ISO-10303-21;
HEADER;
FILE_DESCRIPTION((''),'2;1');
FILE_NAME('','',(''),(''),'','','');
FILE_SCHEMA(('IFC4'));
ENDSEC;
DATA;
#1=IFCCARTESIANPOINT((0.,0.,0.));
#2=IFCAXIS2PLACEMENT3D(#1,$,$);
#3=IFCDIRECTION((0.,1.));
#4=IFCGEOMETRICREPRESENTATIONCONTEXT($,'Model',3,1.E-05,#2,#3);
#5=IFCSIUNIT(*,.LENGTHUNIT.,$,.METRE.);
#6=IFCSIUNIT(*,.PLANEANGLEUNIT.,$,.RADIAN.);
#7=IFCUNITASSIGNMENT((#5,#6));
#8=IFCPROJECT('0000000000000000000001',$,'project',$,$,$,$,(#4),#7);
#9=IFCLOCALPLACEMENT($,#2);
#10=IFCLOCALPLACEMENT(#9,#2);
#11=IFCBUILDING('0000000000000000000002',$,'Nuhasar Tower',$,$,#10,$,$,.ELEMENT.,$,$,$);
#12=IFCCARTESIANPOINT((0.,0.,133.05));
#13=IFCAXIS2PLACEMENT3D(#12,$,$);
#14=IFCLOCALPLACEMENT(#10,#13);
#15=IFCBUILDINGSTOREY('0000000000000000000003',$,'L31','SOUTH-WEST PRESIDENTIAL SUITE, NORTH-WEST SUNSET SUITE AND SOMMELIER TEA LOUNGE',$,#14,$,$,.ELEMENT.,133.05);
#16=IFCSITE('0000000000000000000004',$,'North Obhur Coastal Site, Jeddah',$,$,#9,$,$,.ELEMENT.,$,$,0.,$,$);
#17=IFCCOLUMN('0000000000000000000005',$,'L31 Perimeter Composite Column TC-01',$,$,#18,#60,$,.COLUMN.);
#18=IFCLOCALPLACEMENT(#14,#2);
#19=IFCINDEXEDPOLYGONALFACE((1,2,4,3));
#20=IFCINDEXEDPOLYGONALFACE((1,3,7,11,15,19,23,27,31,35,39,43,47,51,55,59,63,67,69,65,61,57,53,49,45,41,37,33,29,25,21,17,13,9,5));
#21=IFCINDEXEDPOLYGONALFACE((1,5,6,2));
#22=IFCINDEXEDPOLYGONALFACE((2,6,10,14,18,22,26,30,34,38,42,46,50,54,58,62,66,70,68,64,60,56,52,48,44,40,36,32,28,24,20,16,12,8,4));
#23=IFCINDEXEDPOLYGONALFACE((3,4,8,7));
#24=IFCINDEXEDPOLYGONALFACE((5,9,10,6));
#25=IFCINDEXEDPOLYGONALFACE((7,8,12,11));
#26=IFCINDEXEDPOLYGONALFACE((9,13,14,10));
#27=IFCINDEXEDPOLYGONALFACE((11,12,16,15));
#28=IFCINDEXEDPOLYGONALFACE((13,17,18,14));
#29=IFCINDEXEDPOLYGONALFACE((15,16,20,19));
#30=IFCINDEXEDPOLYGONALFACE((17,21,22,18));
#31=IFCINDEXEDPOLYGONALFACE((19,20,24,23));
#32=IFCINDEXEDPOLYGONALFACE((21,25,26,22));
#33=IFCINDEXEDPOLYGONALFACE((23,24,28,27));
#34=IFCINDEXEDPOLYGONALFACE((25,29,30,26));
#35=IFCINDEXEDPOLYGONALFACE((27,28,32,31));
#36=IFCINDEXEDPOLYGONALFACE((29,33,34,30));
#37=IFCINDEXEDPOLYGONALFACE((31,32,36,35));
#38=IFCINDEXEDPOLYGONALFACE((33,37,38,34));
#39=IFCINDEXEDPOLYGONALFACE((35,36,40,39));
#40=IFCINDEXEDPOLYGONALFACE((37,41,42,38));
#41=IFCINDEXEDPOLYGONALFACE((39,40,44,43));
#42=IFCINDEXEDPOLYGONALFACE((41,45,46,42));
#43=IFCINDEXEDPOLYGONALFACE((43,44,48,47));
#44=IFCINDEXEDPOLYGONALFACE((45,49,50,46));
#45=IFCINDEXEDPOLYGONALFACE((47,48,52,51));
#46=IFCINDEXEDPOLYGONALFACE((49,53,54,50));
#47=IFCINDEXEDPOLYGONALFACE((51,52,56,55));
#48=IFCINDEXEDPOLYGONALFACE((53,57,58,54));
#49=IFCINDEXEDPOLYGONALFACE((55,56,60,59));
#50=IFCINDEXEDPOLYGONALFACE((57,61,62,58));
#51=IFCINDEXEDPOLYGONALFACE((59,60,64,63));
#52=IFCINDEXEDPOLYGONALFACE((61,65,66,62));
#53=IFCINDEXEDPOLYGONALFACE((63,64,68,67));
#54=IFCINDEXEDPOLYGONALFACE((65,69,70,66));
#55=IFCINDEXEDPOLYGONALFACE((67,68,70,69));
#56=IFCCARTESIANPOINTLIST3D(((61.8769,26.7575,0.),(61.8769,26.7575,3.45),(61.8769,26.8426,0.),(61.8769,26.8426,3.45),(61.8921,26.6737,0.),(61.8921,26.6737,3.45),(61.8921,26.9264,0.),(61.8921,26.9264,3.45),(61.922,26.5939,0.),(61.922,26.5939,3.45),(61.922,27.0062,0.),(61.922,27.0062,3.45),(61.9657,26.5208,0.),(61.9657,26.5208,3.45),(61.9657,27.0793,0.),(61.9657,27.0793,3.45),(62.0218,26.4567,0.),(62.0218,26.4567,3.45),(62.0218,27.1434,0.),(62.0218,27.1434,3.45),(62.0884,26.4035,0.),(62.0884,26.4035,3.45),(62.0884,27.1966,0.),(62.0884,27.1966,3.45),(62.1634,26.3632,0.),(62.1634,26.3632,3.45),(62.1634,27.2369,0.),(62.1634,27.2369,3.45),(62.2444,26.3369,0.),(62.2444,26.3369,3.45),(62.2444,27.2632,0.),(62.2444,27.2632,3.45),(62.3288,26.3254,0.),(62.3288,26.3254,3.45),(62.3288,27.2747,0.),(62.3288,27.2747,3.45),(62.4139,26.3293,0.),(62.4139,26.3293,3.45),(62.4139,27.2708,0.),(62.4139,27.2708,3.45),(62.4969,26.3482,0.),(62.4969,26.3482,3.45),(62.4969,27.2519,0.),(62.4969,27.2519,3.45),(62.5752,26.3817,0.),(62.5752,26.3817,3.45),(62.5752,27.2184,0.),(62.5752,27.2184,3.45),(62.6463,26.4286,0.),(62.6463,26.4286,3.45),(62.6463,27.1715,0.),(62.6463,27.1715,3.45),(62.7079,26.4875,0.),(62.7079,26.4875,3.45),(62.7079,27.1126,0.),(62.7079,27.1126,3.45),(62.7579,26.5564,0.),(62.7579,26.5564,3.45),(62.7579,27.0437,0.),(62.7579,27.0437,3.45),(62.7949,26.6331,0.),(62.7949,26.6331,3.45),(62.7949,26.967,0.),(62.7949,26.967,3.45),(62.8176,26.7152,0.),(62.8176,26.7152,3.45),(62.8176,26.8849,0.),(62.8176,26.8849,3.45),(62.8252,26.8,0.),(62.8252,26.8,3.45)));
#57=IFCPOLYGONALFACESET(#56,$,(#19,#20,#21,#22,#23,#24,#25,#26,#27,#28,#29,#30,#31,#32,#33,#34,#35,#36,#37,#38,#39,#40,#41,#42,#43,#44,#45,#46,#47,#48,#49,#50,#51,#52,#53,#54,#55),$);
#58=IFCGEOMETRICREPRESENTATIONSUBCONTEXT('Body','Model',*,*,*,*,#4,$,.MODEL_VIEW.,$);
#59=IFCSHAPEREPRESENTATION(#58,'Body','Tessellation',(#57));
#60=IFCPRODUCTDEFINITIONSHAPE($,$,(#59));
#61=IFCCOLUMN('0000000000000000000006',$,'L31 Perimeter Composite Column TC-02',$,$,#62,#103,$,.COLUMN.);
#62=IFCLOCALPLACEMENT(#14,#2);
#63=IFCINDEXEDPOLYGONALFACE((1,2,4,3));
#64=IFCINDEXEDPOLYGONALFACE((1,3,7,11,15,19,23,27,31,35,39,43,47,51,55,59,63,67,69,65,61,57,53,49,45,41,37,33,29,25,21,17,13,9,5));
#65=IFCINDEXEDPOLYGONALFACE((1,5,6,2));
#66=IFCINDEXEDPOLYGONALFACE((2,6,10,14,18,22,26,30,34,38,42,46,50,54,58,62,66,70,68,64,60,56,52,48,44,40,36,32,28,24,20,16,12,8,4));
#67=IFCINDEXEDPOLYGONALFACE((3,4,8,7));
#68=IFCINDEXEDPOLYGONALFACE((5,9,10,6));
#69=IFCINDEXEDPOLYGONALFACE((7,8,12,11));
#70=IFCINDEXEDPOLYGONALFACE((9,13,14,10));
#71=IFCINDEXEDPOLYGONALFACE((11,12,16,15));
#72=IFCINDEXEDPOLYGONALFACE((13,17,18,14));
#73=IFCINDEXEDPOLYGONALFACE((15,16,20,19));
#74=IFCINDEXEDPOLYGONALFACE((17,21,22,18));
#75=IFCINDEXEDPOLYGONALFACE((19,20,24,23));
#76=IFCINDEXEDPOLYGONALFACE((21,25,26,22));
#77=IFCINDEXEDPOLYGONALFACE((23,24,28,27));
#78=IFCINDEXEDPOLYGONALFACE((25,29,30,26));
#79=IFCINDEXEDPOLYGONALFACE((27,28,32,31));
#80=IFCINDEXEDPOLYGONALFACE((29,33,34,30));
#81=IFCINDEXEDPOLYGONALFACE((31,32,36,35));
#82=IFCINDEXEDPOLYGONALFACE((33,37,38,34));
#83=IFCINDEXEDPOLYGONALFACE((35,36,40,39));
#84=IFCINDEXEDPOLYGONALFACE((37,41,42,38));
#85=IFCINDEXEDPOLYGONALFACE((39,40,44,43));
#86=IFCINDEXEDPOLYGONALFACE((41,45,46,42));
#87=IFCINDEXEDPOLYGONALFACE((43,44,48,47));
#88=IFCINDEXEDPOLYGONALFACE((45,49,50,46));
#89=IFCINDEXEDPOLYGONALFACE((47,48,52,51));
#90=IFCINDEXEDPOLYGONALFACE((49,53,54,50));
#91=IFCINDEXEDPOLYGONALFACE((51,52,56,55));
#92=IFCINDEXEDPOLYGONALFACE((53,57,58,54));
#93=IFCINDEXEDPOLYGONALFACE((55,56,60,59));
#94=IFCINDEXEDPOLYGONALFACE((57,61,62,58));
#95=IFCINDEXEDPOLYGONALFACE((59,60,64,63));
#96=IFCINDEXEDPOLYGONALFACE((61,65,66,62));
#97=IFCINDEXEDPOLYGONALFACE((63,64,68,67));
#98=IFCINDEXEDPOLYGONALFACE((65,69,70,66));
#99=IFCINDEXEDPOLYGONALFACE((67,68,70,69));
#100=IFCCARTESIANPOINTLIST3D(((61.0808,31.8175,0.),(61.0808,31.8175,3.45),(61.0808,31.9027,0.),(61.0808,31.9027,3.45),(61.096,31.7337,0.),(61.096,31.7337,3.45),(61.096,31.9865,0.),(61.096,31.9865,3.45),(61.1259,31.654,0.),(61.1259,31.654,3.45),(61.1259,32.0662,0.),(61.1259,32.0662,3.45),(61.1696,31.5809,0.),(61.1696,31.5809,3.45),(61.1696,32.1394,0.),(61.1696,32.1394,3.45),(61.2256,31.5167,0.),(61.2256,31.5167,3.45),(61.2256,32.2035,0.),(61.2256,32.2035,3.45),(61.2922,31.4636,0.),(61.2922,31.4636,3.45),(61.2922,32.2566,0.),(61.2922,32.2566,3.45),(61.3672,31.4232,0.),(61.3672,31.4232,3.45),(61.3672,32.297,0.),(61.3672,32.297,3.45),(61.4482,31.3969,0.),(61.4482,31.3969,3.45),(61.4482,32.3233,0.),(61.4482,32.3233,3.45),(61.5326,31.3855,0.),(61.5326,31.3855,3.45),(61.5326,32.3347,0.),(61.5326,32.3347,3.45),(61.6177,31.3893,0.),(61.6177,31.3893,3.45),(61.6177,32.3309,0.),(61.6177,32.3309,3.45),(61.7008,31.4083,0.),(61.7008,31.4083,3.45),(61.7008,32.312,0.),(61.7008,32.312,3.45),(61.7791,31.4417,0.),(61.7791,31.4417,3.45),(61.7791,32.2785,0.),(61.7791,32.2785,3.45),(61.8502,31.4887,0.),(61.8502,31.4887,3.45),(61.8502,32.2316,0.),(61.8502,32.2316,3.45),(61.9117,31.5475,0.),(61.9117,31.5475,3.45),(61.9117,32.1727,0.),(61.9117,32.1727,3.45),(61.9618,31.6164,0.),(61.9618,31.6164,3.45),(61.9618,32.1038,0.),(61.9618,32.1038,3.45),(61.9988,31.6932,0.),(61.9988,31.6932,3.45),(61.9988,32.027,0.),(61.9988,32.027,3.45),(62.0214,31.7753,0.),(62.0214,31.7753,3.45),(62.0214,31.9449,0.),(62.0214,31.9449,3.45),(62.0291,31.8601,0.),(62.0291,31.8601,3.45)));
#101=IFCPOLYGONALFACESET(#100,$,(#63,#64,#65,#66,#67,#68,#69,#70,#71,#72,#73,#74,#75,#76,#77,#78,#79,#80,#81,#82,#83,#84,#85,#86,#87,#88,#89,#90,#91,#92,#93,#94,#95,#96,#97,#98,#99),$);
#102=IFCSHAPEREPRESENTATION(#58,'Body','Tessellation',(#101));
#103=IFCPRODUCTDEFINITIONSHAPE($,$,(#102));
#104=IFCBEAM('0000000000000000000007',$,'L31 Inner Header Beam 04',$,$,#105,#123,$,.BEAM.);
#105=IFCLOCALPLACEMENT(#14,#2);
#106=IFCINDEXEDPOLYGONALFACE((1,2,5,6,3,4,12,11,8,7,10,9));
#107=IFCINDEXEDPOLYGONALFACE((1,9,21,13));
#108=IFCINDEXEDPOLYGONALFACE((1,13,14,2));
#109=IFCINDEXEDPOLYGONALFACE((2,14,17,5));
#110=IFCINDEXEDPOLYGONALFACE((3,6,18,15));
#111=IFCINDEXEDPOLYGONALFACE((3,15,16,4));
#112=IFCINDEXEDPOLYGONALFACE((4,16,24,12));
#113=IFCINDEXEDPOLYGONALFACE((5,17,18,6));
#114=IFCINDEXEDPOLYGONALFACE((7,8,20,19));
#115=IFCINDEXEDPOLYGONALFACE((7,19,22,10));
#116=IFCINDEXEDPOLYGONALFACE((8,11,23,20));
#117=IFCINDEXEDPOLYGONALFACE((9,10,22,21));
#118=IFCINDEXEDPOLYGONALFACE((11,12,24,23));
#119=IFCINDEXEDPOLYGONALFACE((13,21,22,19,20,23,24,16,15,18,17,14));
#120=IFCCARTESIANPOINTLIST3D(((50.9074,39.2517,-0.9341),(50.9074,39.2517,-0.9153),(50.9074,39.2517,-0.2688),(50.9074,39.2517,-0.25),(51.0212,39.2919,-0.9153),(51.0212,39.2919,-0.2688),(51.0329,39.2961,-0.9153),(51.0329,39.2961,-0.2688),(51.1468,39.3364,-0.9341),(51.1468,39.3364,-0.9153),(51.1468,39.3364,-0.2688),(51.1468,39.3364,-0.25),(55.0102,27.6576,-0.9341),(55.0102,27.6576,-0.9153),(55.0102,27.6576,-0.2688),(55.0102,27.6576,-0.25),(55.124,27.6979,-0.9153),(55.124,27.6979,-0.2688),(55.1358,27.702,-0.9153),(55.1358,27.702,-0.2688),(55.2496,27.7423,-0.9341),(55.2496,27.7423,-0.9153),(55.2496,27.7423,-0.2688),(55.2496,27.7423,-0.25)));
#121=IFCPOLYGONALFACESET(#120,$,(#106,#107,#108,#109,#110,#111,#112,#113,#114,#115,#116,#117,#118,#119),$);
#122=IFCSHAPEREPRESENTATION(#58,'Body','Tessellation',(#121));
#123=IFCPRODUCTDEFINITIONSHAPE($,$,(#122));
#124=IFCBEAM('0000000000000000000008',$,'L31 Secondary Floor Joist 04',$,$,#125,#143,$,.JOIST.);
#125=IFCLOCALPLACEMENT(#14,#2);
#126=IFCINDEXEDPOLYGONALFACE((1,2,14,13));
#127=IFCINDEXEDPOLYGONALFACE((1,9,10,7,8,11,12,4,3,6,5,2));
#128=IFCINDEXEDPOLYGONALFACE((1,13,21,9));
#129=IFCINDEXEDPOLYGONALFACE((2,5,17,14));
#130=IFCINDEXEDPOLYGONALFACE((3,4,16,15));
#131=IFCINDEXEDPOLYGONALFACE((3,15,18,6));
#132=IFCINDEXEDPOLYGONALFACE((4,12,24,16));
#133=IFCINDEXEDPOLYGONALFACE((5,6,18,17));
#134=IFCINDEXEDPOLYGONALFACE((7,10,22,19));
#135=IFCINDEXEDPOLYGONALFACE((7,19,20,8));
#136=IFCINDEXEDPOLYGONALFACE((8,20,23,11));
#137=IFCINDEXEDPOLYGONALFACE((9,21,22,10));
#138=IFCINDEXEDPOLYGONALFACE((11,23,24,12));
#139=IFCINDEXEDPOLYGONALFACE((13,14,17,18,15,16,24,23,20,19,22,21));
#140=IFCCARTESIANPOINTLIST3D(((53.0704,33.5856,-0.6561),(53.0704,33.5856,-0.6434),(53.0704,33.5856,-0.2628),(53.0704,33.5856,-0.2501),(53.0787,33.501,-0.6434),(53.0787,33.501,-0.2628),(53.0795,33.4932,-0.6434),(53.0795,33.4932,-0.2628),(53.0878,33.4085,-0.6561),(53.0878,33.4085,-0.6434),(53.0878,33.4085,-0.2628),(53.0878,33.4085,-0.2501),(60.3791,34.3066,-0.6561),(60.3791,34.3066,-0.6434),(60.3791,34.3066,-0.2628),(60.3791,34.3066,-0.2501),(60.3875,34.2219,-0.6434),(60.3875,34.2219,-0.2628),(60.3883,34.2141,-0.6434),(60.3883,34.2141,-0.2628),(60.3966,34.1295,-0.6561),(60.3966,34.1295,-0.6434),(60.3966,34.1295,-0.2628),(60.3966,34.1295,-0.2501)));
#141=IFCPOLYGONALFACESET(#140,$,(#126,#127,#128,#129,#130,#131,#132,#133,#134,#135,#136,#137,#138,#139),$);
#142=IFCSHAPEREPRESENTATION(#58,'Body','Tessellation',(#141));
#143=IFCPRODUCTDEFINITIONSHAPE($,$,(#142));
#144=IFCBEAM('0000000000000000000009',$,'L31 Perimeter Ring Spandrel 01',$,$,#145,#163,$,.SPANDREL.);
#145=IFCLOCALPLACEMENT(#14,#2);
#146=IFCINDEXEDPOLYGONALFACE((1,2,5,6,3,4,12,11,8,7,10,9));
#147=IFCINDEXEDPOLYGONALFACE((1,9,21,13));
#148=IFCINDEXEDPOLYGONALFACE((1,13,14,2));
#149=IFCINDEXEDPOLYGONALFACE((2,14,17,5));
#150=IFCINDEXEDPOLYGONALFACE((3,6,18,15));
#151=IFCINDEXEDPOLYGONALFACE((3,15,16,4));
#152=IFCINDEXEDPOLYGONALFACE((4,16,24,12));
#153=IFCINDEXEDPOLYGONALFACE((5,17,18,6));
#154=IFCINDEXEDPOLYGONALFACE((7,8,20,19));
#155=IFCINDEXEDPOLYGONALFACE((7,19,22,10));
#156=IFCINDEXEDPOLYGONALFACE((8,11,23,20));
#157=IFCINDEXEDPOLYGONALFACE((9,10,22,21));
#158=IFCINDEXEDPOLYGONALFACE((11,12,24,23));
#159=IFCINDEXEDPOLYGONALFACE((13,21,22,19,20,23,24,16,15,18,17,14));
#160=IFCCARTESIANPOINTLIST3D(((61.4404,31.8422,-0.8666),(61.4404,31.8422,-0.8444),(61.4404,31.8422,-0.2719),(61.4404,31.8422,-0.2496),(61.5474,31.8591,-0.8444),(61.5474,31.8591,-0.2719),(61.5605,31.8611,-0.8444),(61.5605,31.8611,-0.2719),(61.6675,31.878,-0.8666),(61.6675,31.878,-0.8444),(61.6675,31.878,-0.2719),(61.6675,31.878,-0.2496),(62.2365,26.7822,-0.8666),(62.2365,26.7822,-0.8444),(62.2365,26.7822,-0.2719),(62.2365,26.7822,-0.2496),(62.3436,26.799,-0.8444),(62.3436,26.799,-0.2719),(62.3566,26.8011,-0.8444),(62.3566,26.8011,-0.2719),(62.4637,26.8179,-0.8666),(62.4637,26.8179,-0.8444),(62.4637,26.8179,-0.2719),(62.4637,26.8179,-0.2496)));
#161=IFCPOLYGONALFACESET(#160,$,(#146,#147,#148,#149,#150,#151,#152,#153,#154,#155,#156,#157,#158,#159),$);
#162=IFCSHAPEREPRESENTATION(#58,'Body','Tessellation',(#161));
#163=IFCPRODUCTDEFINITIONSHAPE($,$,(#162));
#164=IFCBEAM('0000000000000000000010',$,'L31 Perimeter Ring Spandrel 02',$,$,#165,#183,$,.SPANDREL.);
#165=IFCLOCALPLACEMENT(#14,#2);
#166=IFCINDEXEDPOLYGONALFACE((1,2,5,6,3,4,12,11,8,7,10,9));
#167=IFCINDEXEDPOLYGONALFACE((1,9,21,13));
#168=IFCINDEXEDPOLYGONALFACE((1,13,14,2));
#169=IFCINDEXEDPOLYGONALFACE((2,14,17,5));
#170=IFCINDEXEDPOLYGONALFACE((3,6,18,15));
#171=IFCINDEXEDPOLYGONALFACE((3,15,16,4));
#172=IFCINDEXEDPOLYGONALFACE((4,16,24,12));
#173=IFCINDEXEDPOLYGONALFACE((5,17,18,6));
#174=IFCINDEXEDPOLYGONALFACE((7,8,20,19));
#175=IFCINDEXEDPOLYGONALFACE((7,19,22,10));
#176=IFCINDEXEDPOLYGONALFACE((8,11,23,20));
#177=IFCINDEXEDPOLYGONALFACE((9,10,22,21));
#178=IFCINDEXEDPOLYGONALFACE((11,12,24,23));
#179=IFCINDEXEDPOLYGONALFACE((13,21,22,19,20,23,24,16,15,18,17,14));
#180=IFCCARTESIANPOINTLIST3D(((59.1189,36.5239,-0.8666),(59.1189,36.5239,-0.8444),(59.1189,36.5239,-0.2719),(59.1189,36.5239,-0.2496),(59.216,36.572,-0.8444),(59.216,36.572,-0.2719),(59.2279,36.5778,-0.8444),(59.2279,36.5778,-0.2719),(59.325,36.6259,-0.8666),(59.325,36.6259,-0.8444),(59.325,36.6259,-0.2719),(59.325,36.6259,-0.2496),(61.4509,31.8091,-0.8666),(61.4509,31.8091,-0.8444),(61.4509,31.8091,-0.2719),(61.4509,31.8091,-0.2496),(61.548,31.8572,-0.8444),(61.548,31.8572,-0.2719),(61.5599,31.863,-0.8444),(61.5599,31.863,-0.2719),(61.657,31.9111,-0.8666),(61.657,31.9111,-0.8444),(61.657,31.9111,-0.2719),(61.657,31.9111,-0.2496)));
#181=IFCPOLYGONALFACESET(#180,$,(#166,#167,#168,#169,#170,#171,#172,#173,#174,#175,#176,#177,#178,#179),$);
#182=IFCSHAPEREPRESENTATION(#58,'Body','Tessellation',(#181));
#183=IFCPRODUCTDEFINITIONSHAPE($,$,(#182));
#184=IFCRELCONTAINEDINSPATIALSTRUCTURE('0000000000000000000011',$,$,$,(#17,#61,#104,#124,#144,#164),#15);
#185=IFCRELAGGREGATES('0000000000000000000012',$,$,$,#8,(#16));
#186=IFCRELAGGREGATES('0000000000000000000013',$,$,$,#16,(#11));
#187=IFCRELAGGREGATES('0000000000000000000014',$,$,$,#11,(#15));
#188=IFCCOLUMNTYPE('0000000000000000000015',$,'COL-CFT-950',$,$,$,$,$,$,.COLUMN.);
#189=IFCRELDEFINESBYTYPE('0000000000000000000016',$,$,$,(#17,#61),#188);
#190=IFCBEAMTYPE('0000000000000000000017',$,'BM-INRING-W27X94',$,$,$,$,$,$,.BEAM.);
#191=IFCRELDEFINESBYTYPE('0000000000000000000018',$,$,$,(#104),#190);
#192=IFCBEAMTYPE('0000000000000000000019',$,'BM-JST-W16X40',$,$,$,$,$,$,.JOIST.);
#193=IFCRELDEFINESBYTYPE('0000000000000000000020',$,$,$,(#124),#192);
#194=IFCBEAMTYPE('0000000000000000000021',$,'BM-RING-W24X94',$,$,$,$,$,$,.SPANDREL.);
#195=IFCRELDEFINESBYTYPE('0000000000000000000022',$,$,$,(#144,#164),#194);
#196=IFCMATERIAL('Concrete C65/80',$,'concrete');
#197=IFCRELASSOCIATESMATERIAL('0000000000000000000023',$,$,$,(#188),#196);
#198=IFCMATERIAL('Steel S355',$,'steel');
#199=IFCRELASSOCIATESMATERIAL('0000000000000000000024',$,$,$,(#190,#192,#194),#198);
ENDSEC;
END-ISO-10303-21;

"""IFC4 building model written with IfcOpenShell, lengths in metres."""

from ifc_helpers import new_model, si_unit, direction, frame, origin, origin_2d, place, context, subcontext, project, spatial, circle, i_section, extrude, material, material_profile, profile_set, type_object, element, save


model = new_model("IFC4")

# Units and contexts
model_context = context("Model", 3, precision=1e-05, world=origin(), true_north=direction((0.0, 1.0)))
body_context = subcontext(model_context, "Body", "Model", "MODEL_VIEW")
ifc_project = project(units=[si_unit("LENGTHUNIT", "METRE"), si_unit("PLANEANGLEUNIT", "RADIAN")], contexts=[model_context])

# Site, building, storey
site_placement = place(None, origin())
site = spatial("IfcSite", under=ifc_project, at=site_placement, Name="North Obhur Coastal Site, Jeddah", CompositionType="ELEMENT", RefElevation=0.0)
building_placement = place(site_placement, origin())
building = spatial("IfcBuilding", under=site, at=building_placement, Name="Nuhasar Tower", CompositionType="ELEMENT")
storey_placement = place(building_placement, frame((0.0, 0.0, 133.05)))
storey = spatial("IfcBuildingStorey", under=building, at=storey_placement, Name="L31", Description="SOUTH-WEST PRESIDENTIAL SUITE, NORTH-WEST SUNSET SUITE AND SOMMELIER TEA LOUNGE", CompositionType="ELEMENT", Elevation=133.05)

# Columns
ifc_material_1 = material(Name="Concrete C65/80", Category="concrete")
ifc_material_profile_1 = material_profile(ifc_material_1, circle(Radius=0.4751, at=origin_2d()), Name="CFT950")
ifc_profile_set_1 = profile_set([ifc_material_profile_1], Name="Concrete C65/80")
column_type = type_object("IfcColumnType", Name="COL-CFT-950", PredefinedType="COLUMN", material=ifc_profile_set_1)
for number, where, z_axis, x_axis, name in (
    (1, (62.3501, 26.8, 0.0), (0.0, 0.0, 1.0), (1.0, 0.0, 0.0), "L31 Perimeter Composite Column TC-01"),
    (2, (61.554, 31.8601, 0.0), (0.0, 0.0, 1.0), (1.0, 0.0, 0.0), "L31 Perimeter Composite Column TC-02"),
):
    element("IfcColumn", number, at=place(storey_placement, frame(where, z_axis=z_axis, x_axis=x_axis)), inside=storey, type_object=column_type, Name=name, PredefinedType="COLUMN", context=body_context, shape_type="SweptSolid", body=[
        extrude(circle(Radius=0.4751, at=origin_2d()), origin(), (0.0, 0.0, 1.0), 3.45),
    ])

# Beams
ifc_material_2 = material(Name="Steel S355", Category="steel")
ifc_material_profile_2 = material_profile(ifc_material_2, i_section(OverallWidth=0.2539, OverallDepth=0.6841, WebThickness=0.0125, FlangeThickness=0.0188, at=origin_2d()), Name="W27X94")
ifc_profile_set_2 = profile_set([ifc_material_profile_2], Name="Steel S355")
beam_type_1 = type_object("IfcBeamType", Name="BM-INRING-W27X94", PredefinedType="BEAM", material=ifc_profile_set_2)
beam_1_placement = place(storey_placement, frame((55.1299, 27.7, -0.592), z_axis=(-0.3336, 0.942715, 0.0), x_axis=(-0.942715, -0.3336, 0.0)))
element("IfcBeam", 3, at=beam_1_placement, inside=storey, type_object=beam_type_1, Name="L31 Inner Header Beam 04", PredefinedType="BEAM", context=body_context, shape_type="SweptSolid", body=[
    extrude(i_section(OverallWidth=0.2539, OverallDepth=0.6841, WebThickness=0.0125, FlangeThickness=0.0188, at=origin_2d()), origin(), (0.0, 0.0, 1.0), 12.2986),
])
ifc_material_profile_3 = material_profile(ifc_material_2, i_section(OverallWidth=0.178, OverallDepth=0.406, WebThickness=0.0078, FlangeThickness=0.0127, at=origin_2d()), Name="W16X40")
ifc_profile_set_3 = profile_set([ifc_material_profile_3], Name="Steel S355")
beam_type_2 = type_object("IfcBeamType", Name="BM-JST-W16X40", PredefinedType="JOIST", material=ifc_profile_set_3)
beam_2_placement = place(storey_placement, frame((53.0791, 33.4971, -0.4531), z_axis=(0.99517, 0.098164, 0.0), x_axis=(-0.098164, 0.99517, 0.0)))
element("IfcBeam", 4, at=beam_2_placement, inside=storey, type_object=beam_type_2, Name="L31 Secondary Floor Joist 04", PredefinedType="JOIST", context=body_context, shape_type="SweptSolid", body=[
    extrude(i_section(OverallWidth=0.178, OverallDepth=0.406, WebThickness=0.0078, FlangeThickness=0.0127, at=origin_2d()), origin(), (0.0, 0.0, 1.0), 7.3442),
])
ifc_material_profile_4 = material_profile(ifc_material_2, i_section(OverallWidth=0.23, OverallDepth=0.6169, WebThickness=0.0132, FlangeThickness=0.0222, at=origin_2d()), Name="W24X94")
ifc_profile_set_4 = profile_set([ifc_material_profile_4], Name="Steel S355")
beam_type_3 = type_object("IfcBeamType", Name="BM-RING-W24X94", PredefinedType="SPANDREL", material=ifc_profile_set_4)
beam_3_placement = place(storey_placement, frame((62.3501, 26.8, -0.5581), z_axis=(-0.155427, 0.987847, 0.0), x_axis=(-0.987847, -0.155427, 0.0)))
element("IfcBeam", 5, at=beam_3_placement, inside=storey, type_object=beam_type_3, Name="L31 Perimeter Ring Spandrel 01", PredefinedType="SPANDREL", context=body_context, shape_type="SweptSolid", body=[
    extrude(i_section(OverallWidth=0.23, OverallDepth=0.6169, WebThickness=0.0132, FlangeThickness=0.0222, at=origin_2d()), origin(), (0.0, 0.0, 1.0), 5.1223),
])
beam_4_placement = place(storey_placement, frame((61.554, 31.8601, -0.5581), z_axis=(-0.443348, 0.89635, 0.0), x_axis=(-0.89635, -0.443348, 0.0)))
element("IfcBeam", 6, at=beam_4_placement, inside=storey, type_object=beam_type_3, Name="L31 Perimeter Ring Spandrel 02", PredefinedType="SPANDREL", context=body_context, shape_type="SweptSolid", body=[
    extrude(i_section(OverallWidth=0.23, OverallDepth=0.6169, WebThickness=0.0132, FlangeThickness=0.0222, at=origin_2d()), origin(), (0.0, 0.0, 1.0), 5.26),
])

save(model, "model.ifc")
